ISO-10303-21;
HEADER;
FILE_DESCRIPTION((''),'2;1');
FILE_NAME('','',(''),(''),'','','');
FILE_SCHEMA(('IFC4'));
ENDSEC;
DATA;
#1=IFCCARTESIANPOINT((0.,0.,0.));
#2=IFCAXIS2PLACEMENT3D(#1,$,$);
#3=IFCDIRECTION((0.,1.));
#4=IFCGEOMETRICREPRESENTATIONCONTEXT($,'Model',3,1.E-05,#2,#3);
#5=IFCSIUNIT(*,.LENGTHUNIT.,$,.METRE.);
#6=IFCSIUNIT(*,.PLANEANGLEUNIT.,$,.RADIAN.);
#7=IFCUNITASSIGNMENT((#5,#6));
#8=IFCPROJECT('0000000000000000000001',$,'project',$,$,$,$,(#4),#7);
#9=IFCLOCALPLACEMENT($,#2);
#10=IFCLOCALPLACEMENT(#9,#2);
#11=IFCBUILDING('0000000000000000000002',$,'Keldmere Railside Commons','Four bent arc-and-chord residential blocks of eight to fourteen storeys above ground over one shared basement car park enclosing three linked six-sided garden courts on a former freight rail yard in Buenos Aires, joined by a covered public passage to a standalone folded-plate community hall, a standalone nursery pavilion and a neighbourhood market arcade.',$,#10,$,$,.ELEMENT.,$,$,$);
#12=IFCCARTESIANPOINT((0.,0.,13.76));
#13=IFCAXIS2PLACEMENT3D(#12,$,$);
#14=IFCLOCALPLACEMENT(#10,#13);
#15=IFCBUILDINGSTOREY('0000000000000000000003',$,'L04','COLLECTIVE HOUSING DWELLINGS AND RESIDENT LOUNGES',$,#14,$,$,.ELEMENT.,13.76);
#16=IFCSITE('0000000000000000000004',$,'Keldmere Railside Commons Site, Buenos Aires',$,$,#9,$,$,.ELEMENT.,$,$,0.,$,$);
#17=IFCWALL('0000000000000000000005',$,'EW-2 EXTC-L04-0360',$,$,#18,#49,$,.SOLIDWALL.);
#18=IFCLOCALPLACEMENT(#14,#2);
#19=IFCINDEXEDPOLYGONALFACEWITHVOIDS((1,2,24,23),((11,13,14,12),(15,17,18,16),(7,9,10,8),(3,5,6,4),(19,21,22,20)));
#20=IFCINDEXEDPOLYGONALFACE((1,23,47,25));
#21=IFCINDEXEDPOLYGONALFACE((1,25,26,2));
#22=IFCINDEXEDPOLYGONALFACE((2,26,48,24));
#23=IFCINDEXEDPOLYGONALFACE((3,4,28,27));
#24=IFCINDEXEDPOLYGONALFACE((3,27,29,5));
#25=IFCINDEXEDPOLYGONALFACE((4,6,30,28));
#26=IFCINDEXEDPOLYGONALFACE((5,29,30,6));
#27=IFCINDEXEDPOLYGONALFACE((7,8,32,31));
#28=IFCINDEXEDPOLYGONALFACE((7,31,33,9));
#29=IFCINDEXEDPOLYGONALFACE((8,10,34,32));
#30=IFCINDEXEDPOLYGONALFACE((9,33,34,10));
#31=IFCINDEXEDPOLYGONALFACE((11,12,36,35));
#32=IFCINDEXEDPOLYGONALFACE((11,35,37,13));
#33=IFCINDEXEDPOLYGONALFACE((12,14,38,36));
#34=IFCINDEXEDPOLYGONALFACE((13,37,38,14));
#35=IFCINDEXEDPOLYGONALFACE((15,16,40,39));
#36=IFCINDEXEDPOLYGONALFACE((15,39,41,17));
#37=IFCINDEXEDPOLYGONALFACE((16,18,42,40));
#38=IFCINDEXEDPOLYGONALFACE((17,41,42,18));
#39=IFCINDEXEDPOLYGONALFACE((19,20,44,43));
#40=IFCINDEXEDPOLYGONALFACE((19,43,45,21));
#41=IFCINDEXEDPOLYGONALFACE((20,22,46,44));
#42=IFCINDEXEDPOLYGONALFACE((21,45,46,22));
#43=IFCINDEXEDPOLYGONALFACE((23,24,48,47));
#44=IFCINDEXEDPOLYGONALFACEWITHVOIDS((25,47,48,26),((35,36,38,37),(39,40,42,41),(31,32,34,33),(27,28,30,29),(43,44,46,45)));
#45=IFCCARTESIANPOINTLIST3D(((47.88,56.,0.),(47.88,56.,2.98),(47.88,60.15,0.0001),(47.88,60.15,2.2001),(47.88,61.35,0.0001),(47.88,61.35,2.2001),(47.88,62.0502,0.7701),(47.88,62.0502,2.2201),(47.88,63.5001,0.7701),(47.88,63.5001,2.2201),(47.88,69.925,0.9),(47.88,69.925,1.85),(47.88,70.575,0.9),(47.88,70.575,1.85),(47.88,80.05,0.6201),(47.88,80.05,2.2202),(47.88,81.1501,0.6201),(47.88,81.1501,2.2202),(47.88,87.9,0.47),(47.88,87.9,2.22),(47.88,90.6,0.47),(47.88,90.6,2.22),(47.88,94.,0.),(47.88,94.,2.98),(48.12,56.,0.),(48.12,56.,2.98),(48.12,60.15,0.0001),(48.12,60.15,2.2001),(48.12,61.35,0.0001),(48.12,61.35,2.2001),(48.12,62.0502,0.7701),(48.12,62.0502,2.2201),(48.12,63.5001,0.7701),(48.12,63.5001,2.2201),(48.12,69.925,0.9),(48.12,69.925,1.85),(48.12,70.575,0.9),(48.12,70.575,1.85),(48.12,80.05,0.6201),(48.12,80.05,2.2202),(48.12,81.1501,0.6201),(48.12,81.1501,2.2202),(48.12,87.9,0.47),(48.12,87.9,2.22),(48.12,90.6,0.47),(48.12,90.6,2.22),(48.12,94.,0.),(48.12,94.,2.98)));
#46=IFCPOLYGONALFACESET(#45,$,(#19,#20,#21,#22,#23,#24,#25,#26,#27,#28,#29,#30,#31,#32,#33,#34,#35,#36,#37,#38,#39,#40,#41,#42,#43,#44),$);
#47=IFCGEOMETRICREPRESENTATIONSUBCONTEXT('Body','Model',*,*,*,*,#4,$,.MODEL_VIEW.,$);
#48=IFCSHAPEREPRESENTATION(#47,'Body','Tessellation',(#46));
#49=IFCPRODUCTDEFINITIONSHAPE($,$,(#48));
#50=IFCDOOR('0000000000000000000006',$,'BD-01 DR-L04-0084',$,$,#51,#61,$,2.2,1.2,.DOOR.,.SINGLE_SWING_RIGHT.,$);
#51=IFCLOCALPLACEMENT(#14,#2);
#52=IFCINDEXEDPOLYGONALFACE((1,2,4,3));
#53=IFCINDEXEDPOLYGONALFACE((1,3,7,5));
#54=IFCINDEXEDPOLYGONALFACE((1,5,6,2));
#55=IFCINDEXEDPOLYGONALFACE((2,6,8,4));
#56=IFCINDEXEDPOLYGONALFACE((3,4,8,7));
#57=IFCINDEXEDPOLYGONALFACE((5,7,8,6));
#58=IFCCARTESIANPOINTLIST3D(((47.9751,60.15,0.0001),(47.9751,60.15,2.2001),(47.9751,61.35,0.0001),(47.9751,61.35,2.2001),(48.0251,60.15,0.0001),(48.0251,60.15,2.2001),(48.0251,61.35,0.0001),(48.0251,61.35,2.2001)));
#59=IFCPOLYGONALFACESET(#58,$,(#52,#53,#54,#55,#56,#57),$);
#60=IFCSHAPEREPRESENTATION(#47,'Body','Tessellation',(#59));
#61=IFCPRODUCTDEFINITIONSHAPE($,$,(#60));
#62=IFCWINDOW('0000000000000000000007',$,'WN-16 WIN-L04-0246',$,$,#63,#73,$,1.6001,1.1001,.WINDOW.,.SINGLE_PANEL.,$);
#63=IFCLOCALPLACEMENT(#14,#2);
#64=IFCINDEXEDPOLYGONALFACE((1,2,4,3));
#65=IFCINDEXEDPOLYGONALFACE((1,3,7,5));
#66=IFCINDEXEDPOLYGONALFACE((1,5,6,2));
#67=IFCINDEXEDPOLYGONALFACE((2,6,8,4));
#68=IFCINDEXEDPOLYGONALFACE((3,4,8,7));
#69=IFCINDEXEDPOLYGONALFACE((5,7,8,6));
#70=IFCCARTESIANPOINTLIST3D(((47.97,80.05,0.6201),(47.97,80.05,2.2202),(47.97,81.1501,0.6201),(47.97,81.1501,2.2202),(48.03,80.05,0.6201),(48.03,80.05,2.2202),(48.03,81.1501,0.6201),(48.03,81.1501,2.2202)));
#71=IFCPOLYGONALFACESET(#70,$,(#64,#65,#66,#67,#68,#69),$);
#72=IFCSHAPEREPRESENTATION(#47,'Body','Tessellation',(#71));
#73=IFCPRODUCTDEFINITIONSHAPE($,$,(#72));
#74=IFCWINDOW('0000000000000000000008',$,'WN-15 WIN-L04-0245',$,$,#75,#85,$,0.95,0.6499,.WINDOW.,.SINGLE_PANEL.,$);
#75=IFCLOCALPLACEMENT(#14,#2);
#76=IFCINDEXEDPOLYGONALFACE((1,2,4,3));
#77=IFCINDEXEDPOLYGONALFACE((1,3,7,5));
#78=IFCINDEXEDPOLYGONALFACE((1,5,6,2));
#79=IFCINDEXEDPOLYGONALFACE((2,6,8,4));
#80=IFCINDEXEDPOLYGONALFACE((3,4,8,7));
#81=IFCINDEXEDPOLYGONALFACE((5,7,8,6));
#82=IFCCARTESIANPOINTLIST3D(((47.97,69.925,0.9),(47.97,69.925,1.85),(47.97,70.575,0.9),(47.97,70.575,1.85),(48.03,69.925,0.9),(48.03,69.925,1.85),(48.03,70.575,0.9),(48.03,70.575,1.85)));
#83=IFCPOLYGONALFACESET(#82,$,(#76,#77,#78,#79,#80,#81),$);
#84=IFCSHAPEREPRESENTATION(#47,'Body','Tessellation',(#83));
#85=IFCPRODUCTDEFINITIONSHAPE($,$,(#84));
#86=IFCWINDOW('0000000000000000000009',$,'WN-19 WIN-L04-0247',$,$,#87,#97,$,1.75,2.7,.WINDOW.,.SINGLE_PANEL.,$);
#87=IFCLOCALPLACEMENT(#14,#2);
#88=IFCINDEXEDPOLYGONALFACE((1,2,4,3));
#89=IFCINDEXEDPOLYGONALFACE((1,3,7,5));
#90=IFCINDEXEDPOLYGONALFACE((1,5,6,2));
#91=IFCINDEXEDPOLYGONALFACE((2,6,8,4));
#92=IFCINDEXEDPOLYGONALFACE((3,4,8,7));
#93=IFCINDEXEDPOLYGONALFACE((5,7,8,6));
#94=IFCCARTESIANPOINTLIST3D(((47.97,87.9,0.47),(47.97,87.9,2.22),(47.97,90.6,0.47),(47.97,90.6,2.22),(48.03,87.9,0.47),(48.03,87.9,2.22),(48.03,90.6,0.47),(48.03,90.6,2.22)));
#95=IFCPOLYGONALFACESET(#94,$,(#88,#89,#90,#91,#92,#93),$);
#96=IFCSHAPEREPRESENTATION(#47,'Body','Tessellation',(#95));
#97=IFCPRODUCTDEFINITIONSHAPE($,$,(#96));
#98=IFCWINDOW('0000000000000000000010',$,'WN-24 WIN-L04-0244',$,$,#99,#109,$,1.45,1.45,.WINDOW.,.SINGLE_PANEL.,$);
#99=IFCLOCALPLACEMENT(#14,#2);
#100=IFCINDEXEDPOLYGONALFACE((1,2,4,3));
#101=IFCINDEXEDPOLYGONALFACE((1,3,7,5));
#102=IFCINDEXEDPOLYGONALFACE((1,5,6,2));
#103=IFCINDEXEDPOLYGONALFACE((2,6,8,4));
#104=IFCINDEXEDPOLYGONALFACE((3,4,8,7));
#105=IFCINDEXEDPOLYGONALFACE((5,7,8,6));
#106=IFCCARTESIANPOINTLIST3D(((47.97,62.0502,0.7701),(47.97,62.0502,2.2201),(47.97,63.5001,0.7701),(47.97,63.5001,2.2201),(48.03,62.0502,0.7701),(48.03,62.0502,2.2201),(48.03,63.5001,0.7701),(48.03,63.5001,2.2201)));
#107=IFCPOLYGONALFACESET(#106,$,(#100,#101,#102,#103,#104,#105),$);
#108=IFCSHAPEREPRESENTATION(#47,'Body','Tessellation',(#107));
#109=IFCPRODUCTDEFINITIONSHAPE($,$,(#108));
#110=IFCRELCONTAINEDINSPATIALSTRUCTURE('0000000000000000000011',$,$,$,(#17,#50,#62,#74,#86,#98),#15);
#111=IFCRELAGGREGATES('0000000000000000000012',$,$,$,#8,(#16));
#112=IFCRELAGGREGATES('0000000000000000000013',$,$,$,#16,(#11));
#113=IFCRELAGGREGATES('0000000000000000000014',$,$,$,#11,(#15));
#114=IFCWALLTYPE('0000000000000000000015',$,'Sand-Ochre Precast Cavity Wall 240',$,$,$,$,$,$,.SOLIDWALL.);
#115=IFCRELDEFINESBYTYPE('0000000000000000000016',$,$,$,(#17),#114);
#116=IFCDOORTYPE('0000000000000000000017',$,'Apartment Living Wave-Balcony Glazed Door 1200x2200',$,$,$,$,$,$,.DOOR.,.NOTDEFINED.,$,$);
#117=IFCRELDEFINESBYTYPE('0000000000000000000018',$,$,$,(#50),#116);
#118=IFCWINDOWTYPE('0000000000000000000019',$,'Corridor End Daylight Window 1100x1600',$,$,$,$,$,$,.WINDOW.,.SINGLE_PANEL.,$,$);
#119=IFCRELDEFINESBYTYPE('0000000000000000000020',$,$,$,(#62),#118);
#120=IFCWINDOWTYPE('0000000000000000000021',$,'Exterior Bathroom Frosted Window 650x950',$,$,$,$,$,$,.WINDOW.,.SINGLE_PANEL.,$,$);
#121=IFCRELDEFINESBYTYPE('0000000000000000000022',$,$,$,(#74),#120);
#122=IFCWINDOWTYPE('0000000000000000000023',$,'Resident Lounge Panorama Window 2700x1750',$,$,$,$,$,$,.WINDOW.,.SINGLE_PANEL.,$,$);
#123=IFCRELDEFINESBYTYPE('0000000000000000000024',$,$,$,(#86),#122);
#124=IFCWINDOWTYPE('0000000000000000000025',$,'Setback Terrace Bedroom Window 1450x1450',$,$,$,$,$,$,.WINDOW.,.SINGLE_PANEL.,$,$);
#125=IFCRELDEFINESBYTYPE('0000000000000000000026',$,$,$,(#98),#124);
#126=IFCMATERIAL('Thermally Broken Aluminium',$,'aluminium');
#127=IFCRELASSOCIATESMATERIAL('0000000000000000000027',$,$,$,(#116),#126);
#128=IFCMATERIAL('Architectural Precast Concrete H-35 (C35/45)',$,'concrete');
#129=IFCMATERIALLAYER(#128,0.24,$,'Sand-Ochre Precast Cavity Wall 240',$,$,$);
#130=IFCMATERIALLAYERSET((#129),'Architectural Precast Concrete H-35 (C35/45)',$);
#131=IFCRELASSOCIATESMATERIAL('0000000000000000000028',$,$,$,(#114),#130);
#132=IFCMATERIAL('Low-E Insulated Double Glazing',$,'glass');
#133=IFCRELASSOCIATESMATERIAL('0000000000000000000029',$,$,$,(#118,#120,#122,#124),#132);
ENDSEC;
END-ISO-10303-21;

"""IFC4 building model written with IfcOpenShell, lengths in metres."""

from ifc_helpers import new_model, si_unit, direction, frame, frame_2d, origin, place, context, subcontext, project, spatial, rectangle, extrude, material, layer, layer_set, type_object, element, fill, save


model = new_model("IFC4")

# Units and contexts
model_context = context("Model", 3, precision=1e-05, world=origin(), true_north=direction((0.0, 1.0)))
body_context = subcontext(model_context, "Body", "Model", "MODEL_VIEW")
ifc_project = project(units=[si_unit("LENGTHUNIT", "METRE"), si_unit("PLANEANGLEUNIT", "RADIAN")], contexts=[model_context])

# Site, building, storey
site_placement = place(None, origin())
site = spatial("IfcSite", under=ifc_project, at=site_placement, Name="Keldmere Railside Commons Site, Buenos Aires", CompositionType="ELEMENT", RefElevation=0.0)
building_placement = place(site_placement, origin())
building = spatial("IfcBuilding", under=site, at=building_placement, Name="Keldmere Railside Commons", Description="Four bent arc-and-chord residential blocks of eight to fourteen storeys above ground over one shared basement car park enclosing three linked six-sided garden courts on a former freight rail yard in Buenos Aires, joined by a covered public passage to a standalone folded-plate community hall, a standalone nursery pavilion and a neighbourhood market arcade.", CompositionType="ELEMENT")
storey_placement = place(building_placement, frame((0.0, 0.0, 13.76)))
storey = spatial("IfcBuildingStorey", under=building, at=storey_placement, Name="L04", Description="COLLECTIVE HOUSING DWELLINGS AND RESIDENT LOUNGES", CompositionType="ELEMENT", Elevation=13.76)

# Shared definitions
ifc_material_1 = material(Name="Low-E Insulated Double Glazing", Category="glass")
ifc_material_2 = material(Name="Thermally Broken Aluminium", Category="aluminium")
door_type = type_object("IfcDoorType", Name="Apartment Living Wave-Balcony Glazed Door 1200x2200", OperationType="NOTDEFINED", PredefinedType="DOOR", material=ifc_material_2)

# Wall, openings, door, windows
ifc_material_3 = material(Name="Architectural Precast Concrete H-35 (C35/45)", Category="concrete")
ifc_layer_1 = layer(ifc_material_3, 0.24, Name="Sand-Ochre Precast Cavity Wall 240")
ifc_layer_set_1 = layer_set([ifc_layer_1], Name="Architectural Precast Concrete H-35 (C35/45)")
wall_type_1 = type_object("IfcWallType", Name="Sand-Ochre Precast Cavity Wall 240", PredefinedType="SOLIDWALL", material=ifc_layer_set_1)
wall_1_placement = place(storey_placement, frame((48.0, 56.0, 0.0), z_axis=(0.0, 0.0, 1.0), x_axis=(0.0, 1.0, 0.0)))
wall_1 = element("IfcWall", 1, at=wall_1_placement, inside=storey, type_object=wall_type_1, Name="EW-2 EXTC-L04-0360", PredefinedType="SOLIDWALL", context=body_context, shape_type="SweptSolid", body=[
    extrude(rectangle(XDim=38.0, YDim=0.24, at=frame_2d((19.0, 0.0))), origin(), (0.0, 0.0, 1.0), 2.98),
])
opening_1_placement = place(wall_1_placement, frame((4.1499, 0.0, 0.0)))
opening_1 = element("IfcOpeningElement", 2, at=opening_1_placement, cuts=wall_1, PredefinedType="OPENING", context=body_context, shape_type="SweptSolid", body=[
    extrude(rectangle(XDim=1.2, YDim=2.2, at=frame_2d((0.6001, 1.1001))), frame((0.0, 0.1299, 0.0), z_axis=(0.0, -1.0, 0.0), x_axis=(1.0, 0.0, 0.0)), (0.0, 0.0, 1.0), 0.26),
])
opening_2_placement = place(wall_1_placement, frame((6.05, 0.0, 0.77)))
opening_2 = element("IfcOpeningElement", 3, at=opening_2_placement, cuts=wall_1, PredefinedType="OPENING", context=body_context, shape_type="SweptSolid", body=[
    extrude(rectangle(XDim=1.45, YDim=1.45, at=frame_2d((0.7251, 0.7251))), frame((0.0, 0.1299, 0.0), z_axis=(0.0, -1.0, 0.0), x_axis=(1.0, 0.0, 0.0)), (0.0, 0.0, 1.0), 0.26),
])
opening_3_placement = place(wall_1_placement, frame((13.925, 0.0, 0.8999)))
opening_3 = element("IfcOpeningElement", 4, at=opening_3_placement, cuts=wall_1, PredefinedType="OPENING", context=body_context, shape_type="SweptSolid", body=[
    extrude(rectangle(XDim=0.6499, YDim=0.95, at=frame_2d((0.325, 0.4751))), frame((0.0, 0.1299, 0.0), z_axis=(0.0, -1.0, 0.0), x_axis=(1.0, 0.0, 0.0)), (0.0, 0.0, 1.0), 0.26),
])
opening_4_placement = place(wall_1_placement, frame((24.05, 0.0, 0.6201)))
opening_4 = element("IfcOpeningElement", 5, at=opening_4_placement, cuts=wall_1, PredefinedType="OPENING", context=body_context, shape_type="SweptSolid", body=[
    extrude(rectangle(XDim=1.1001, YDim=1.6001, at=frame_2d((0.55, 0.8))), frame((0.0, 0.1299, 0.0), z_axis=(0.0, -1.0, 0.0), x_axis=(1.0, 0.0, 0.0)), (0.0, 0.0, 1.0), 0.26),
])
opening_5_placement = place(wall_1_placement, frame((31.8999, 0.0, 0.47)))
opening_5 = element("IfcOpeningElement", 6, at=opening_5_placement, cuts=wall_1, PredefinedType="OPENING", context=body_context, shape_type="SweptSolid", body=[
    extrude(rectangle(XDim=2.7, YDim=1.75, at=frame_2d((1.3501, 0.875))), frame((0.0, 0.1299, 0.0), z_axis=(0.0, -1.0, 0.0), x_axis=(1.0, 0.0, 0.0)), (0.0, 0.0, 1.0), 0.26),
])
door_1_placement = place(opening_1_placement, origin())
door_1 = element("IfcDoor", 7, at=door_1_placement, inside=storey, type_object=door_type, Name="BD-01 DR-L04-0084", OperationType="SINGLE_SWING_RIGHT", OverallHeight=2.2, OverallWidth=1.2, PredefinedType="DOOR", context=body_context, shape_type="SweptSolid", body=[
    extrude(rectangle(XDim=1.2, YDim=2.2, at=frame_2d((0.6001, 1.1001))), frame((0.0, 0.0249, 0.0), z_axis=(0.0, -1.0, 0.0), x_axis=(1.0, 0.0, 0.0)), (0.0, 0.0, 1.0), 0.05),
])
fill(opening_1, door_1)
window_type_1 = type_object("IfcWindowType", Name="Corridor End Daylight Window 1100x1600", PartitioningType="SINGLE_PANEL", PredefinedType="WINDOW", material=ifc_material_1)
window_1_placement = place(opening_4_placement, origin())
window_1 = element("IfcWindow", 8, at=window_1_placement, inside=storey, type_object=window_type_1, Name="WN-16 WIN-L04-0246", OverallHeight=1.6001, OverallWidth=1.1001, PartitioningType="SINGLE_PANEL", PredefinedType="WINDOW", context=body_context, shape_type="SweptSolid", body=[
    extrude(rectangle(XDim=1.1001, YDim=1.6001, at=frame_2d((0.55, 0.8))), frame((0.0, 0.03, 0.0), z_axis=(0.0, -1.0, 0.0), x_axis=(1.0, 0.0, 0.0)), (0.0, 0.0, 1.0), 0.0601),
])
fill(opening_4, window_1)
window_type_2 = type_object("IfcWindowType", Name="Exterior Bathroom Frosted Window 650x950", PartitioningType="SINGLE_PANEL", PredefinedType="WINDOW", material=ifc_material_1)
window_2_placement = place(opening_3_placement, origin())
window_2 = element("IfcWindow", 9, at=window_2_placement, inside=storey, type_object=window_type_2, Name="WN-15 WIN-L04-0245", OverallHeight=0.95, OverallWidth=0.6499, PartitioningType="SINGLE_PANEL", PredefinedType="WINDOW", context=body_context, shape_type="SweptSolid", body=[
    extrude(rectangle(XDim=0.6499, YDim=0.95, at=frame_2d((0.325, 0.4751))), frame((0.0, 0.03, 0.0), z_axis=(0.0, -1.0, 0.0), x_axis=(1.0, 0.0, 0.0)), (0.0, 0.0, 1.0), 0.0601),
])
fill(opening_3, window_2)
window_type_3 = type_object("IfcWindowType", Name="Resident Lounge Panorama Window 2700x1750", PartitioningType="SINGLE_PANEL", PredefinedType="WINDOW", material=ifc_material_1)
window_3_placement = place(opening_5_placement, origin())
window_3 = element("IfcWindow", 10, at=window_3_placement, inside=storey, type_object=window_type_3, Name="WN-19 WIN-L04-0247", OverallHeight=1.75, OverallWidth=2.7, PartitioningType="SINGLE_PANEL", PredefinedType="WINDOW", context=body_context, shape_type="SweptSolid", body=[
    extrude(rectangle(XDim=2.7, YDim=1.75, at=frame_2d((1.3501, 0.875))), frame((0.0, 0.03, 0.0), z_axis=(0.0, -1.0, 0.0), x_axis=(1.0, 0.0, 0.0)), (0.0, 0.0, 1.0), 0.0601),
])
fill(opening_5, window_3)
window_type_4 = type_object("IfcWindowType", Name="Setback Terrace Bedroom Window 1450x1450", PartitioningType="SINGLE_PANEL", PredefinedType="WINDOW", material=ifc_material_1)
window_4_placement = place(opening_2_placement, origin())
window_4 = element("IfcWindow", 11, at=window_4_placement, inside=storey, type_object=window_type_4, Name="WN-24 WIN-L04-0244", OverallHeight=1.45, OverallWidth=1.45, PartitioningType="SINGLE_PANEL", PredefinedType="WINDOW", context=body_context, shape_type="SweptSolid", body=[
    extrude(rectangle(XDim=1.45, YDim=1.45, at=frame_2d((0.7251, 0.7251))), frame((0.0, 0.03, 0.0), z_axis=(0.0, -1.0, 0.0), x_axis=(1.0, 0.0, 0.0)), (0.0, 0.0, 1.0), 0.0601),
])
fill(opening_2, window_4)

save(model, "model.ifc")
